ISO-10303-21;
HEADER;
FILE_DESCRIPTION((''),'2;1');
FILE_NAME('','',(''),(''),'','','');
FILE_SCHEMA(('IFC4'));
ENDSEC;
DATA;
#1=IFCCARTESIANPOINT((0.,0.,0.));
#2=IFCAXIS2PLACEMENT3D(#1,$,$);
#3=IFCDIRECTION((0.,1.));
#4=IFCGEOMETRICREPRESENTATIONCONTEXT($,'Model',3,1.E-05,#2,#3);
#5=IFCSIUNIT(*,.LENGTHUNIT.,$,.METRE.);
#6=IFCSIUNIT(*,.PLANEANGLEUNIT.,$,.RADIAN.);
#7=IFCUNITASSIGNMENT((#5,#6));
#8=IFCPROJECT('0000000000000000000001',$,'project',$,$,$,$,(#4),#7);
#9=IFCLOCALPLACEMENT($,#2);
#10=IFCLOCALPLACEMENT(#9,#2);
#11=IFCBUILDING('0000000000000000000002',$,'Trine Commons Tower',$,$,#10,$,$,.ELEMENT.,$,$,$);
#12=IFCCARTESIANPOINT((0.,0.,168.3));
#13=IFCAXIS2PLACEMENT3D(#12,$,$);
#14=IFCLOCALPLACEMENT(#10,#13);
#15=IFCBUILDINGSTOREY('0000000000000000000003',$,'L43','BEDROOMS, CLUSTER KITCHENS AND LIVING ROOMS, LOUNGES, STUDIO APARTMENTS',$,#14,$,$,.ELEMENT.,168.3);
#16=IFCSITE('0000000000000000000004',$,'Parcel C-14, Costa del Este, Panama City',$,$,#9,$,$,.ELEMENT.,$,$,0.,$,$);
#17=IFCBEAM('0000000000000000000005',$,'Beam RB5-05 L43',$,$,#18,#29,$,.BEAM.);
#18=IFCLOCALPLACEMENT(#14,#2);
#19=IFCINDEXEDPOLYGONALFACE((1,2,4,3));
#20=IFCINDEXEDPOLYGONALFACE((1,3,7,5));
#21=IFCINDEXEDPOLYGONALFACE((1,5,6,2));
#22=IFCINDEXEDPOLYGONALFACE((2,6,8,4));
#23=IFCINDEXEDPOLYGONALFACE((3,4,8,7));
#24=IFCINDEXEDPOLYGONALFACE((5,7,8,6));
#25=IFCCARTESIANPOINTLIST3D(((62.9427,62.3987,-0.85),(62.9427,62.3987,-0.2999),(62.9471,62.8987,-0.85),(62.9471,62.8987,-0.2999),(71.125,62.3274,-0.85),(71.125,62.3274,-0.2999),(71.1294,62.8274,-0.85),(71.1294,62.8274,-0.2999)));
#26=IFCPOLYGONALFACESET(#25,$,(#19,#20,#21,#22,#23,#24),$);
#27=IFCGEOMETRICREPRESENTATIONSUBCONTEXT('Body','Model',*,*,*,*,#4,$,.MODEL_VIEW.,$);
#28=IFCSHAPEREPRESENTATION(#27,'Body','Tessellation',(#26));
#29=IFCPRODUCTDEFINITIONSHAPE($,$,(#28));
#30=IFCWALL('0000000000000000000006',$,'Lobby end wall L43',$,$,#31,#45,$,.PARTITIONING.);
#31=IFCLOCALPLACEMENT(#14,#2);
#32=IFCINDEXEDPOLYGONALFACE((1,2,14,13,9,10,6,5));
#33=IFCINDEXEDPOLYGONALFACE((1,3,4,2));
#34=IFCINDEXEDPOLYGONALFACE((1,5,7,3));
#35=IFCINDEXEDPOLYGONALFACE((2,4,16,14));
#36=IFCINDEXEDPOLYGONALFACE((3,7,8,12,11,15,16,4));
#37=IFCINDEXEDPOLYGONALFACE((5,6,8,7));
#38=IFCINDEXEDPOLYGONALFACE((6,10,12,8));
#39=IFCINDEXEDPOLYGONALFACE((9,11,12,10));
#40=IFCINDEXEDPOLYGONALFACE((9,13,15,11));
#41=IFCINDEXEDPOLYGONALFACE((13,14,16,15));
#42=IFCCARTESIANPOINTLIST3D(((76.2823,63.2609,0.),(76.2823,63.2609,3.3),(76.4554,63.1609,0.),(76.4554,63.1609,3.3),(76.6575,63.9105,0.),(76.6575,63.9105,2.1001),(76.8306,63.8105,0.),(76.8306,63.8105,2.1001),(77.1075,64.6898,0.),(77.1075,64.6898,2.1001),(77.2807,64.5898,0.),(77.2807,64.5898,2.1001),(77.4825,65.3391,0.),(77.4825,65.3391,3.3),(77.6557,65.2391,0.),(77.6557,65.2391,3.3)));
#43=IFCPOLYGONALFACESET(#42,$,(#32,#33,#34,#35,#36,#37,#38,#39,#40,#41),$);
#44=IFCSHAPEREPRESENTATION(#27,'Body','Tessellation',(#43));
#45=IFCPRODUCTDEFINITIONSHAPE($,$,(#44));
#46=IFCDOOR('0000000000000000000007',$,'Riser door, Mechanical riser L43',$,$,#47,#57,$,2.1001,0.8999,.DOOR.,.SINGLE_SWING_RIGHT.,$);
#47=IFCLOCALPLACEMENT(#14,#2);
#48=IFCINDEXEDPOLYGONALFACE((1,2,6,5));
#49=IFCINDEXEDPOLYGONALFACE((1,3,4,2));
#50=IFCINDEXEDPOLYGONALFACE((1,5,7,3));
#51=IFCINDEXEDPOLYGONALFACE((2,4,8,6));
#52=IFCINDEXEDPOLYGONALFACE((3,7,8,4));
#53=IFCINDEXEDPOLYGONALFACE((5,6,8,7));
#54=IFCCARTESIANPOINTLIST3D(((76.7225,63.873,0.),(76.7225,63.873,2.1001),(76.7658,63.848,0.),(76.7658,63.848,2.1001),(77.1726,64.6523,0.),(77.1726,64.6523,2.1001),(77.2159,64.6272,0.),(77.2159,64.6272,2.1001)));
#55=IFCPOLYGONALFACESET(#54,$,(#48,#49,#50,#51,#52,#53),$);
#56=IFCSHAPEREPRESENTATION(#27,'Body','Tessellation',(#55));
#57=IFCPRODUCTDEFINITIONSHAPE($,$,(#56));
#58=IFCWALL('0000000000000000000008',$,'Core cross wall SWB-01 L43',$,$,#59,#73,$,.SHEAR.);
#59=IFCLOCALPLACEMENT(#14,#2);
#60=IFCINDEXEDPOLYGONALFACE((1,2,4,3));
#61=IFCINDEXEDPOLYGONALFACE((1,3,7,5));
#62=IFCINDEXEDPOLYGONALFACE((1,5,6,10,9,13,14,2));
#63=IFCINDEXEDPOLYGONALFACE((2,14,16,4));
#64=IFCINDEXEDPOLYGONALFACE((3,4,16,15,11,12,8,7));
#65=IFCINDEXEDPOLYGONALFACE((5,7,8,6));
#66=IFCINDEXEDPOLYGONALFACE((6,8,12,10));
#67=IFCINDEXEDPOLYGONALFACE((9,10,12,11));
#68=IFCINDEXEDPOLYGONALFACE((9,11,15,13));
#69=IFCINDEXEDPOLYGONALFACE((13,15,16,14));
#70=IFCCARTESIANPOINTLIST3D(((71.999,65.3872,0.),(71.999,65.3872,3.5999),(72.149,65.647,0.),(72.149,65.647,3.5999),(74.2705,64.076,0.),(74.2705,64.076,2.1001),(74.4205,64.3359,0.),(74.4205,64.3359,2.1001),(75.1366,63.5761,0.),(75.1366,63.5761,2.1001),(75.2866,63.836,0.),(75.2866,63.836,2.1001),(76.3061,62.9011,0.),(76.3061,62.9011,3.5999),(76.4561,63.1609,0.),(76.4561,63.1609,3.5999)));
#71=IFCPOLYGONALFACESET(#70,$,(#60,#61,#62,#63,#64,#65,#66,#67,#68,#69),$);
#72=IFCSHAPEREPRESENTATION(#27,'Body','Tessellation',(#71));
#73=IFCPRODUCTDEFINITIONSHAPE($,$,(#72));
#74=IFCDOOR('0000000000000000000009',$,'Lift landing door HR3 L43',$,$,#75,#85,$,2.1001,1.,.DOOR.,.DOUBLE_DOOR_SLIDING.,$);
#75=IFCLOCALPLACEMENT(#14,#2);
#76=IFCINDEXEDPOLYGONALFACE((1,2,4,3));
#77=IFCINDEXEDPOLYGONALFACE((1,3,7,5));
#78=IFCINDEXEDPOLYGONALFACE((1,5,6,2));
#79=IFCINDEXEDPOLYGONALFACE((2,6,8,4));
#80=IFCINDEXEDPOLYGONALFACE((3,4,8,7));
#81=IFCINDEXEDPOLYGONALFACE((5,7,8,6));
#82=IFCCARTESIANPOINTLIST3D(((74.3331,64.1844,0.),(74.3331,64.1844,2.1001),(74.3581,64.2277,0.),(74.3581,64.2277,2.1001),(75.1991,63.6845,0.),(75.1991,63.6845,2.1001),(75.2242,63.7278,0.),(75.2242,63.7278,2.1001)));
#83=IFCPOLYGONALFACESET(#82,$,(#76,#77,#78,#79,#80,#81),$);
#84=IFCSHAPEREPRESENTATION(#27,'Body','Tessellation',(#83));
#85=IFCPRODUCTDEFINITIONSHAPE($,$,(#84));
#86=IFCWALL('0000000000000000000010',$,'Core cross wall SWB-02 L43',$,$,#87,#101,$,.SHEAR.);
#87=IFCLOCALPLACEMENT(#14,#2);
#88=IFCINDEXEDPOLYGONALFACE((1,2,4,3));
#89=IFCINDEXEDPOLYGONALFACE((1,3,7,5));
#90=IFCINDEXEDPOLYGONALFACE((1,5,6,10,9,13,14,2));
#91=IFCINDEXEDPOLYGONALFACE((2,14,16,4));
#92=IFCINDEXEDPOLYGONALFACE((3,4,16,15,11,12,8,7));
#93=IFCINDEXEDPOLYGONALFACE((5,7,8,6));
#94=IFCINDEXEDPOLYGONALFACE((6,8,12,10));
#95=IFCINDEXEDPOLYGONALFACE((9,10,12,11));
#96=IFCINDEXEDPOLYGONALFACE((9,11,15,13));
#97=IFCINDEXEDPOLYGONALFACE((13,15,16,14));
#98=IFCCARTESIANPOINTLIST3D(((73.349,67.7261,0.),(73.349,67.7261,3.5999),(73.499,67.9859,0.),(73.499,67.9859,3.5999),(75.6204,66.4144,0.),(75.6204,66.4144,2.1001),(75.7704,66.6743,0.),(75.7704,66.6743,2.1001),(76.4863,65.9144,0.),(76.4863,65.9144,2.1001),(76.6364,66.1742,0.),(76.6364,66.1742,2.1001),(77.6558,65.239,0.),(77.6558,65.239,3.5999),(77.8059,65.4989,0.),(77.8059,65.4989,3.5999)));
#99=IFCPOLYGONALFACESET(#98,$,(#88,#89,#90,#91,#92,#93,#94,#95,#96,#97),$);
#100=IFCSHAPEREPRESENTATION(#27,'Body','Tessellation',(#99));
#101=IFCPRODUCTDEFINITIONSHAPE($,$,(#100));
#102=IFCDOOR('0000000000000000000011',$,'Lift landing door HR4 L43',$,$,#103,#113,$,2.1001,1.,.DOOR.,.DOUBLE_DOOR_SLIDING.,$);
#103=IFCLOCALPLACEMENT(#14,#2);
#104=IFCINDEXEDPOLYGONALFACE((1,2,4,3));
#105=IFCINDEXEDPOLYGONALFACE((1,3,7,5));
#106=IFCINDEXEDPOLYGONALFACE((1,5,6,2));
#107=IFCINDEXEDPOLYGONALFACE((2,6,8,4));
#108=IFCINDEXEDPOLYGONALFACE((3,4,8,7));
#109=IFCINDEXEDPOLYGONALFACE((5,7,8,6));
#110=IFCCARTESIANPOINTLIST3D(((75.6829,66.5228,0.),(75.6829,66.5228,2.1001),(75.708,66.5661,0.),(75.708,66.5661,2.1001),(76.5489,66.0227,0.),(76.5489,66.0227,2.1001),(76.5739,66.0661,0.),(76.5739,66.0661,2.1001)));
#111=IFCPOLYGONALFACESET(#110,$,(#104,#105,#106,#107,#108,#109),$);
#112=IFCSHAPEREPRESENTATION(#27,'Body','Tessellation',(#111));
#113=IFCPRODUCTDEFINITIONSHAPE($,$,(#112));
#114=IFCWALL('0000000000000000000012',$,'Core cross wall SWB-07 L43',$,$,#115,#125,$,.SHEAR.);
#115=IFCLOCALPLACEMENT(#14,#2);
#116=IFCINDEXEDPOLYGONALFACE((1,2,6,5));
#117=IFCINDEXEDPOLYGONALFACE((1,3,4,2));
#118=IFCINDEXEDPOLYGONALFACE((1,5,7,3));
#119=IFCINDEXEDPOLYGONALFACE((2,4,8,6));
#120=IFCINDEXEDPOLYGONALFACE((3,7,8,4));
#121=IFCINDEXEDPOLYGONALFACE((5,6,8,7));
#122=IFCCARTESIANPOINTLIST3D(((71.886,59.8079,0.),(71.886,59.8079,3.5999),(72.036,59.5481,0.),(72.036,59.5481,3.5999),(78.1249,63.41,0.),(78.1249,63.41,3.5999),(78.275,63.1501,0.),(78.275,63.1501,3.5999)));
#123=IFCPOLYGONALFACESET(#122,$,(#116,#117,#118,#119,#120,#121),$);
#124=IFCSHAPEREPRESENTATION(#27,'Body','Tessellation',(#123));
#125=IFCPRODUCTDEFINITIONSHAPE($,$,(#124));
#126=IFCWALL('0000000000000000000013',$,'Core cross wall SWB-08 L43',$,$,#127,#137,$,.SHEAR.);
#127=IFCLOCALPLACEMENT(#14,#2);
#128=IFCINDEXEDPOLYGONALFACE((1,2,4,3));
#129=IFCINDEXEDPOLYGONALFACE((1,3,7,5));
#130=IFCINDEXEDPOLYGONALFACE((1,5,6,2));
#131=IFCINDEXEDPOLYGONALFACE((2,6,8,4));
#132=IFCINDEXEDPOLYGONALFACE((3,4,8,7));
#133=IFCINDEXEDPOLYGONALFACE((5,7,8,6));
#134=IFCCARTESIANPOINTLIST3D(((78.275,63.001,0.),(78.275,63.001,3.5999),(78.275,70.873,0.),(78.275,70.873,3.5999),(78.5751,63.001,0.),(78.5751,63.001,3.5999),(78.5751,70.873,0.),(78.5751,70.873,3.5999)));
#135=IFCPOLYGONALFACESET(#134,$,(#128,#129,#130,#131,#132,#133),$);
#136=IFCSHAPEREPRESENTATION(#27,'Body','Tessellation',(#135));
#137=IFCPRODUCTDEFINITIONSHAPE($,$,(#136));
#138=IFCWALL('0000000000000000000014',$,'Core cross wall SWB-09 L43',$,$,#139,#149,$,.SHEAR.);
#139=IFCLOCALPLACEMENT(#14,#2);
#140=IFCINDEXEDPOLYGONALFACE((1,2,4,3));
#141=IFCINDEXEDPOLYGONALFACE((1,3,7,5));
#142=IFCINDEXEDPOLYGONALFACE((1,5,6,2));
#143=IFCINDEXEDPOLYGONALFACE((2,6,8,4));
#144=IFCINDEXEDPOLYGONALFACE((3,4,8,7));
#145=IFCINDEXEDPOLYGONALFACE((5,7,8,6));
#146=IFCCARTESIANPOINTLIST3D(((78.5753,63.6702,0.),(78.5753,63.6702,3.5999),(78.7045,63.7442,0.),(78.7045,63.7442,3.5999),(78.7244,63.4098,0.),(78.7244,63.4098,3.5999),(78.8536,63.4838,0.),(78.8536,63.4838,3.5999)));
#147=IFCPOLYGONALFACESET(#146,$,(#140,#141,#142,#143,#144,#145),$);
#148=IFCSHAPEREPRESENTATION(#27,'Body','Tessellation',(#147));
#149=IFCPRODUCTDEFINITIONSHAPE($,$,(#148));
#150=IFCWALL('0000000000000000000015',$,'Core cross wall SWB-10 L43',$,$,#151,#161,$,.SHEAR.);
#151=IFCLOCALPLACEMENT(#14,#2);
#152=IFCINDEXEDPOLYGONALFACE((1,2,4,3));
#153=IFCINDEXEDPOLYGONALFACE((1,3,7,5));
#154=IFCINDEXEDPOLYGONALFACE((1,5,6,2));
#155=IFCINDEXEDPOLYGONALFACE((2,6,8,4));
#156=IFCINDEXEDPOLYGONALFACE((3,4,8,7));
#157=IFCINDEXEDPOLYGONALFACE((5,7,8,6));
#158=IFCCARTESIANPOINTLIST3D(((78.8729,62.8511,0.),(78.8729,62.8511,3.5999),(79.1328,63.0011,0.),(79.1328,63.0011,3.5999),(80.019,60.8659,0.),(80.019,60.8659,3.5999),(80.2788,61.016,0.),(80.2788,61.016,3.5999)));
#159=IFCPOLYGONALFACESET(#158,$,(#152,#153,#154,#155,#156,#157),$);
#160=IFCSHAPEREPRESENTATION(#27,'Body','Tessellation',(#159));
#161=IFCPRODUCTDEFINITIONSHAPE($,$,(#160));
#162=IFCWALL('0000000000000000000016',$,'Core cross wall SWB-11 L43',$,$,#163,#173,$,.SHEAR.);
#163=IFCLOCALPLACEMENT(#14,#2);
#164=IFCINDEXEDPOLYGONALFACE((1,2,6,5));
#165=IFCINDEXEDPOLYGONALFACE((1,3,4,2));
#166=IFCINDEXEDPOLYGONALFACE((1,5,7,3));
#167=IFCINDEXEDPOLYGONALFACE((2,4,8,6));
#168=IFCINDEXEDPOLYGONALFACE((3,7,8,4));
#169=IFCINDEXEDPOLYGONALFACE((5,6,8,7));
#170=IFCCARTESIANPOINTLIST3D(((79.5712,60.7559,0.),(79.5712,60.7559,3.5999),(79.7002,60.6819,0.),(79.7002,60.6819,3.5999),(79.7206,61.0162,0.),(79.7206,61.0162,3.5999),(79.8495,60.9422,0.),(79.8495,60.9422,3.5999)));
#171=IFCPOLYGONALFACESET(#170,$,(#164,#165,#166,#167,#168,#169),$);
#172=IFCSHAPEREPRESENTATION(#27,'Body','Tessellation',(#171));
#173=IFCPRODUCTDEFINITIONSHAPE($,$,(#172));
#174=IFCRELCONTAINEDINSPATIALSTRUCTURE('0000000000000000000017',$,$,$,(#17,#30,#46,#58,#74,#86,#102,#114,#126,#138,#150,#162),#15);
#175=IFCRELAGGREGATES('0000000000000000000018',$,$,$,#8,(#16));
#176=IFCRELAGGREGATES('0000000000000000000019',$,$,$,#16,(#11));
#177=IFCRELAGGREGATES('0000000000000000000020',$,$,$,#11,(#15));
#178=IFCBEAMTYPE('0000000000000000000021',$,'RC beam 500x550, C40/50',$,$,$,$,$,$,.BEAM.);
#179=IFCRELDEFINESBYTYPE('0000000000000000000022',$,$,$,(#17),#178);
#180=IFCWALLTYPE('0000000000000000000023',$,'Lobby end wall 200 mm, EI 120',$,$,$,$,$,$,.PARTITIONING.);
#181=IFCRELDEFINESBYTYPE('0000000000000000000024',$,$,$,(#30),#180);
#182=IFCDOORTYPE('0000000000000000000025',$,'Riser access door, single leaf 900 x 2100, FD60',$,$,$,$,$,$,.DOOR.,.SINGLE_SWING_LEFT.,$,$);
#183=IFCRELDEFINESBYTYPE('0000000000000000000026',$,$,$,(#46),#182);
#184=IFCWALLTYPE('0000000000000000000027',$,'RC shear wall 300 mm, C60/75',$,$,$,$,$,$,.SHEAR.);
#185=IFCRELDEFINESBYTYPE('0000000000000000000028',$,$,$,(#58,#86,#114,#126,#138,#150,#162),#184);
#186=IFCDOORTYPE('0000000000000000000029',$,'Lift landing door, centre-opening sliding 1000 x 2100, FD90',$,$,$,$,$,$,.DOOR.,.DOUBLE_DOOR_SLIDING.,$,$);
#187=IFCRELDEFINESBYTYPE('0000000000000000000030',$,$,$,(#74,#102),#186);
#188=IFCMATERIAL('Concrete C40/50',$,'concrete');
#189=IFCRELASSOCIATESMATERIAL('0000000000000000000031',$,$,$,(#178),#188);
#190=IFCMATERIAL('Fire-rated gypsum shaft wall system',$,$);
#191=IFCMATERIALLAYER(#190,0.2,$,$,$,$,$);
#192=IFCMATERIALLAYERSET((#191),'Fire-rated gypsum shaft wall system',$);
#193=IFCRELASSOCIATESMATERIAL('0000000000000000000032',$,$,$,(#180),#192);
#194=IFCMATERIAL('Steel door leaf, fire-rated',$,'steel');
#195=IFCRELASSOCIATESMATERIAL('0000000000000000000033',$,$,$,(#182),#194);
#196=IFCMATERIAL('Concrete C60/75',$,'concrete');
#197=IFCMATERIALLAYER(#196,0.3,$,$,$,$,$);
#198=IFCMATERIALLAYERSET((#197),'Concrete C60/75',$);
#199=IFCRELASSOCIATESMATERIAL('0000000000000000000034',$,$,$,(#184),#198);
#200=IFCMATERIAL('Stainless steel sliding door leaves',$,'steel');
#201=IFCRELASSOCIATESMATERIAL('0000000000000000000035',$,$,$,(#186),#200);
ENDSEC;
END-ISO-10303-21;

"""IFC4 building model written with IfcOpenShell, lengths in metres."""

from ifc_helpers import new_model, si_unit, direction, frame, frame_2d, origin, origin_2d, place, context, subcontext, project, spatial, rectangle, extrude, material, layer, layer_set, material_profile, profile_set, type_object, element, fill, save


model = new_model("IFC4")

# Units and contexts
model_context = context("Model", 3, precision=1e-05, world=origin(), true_north=direction((0.0, 1.0)))
body_context = subcontext(model_context, "Body", "Model", "MODEL_VIEW")
ifc_project = project(units=[si_unit("LENGTHUNIT", "METRE"), si_unit("PLANEANGLEUNIT", "RADIAN")], contexts=[model_context])

# Site, building, storey
site_placement = place(None, origin())
site = spatial("IfcSite", under=ifc_project, at=site_placement, Name="Parcel C-14, Costa del Este, Panama City", CompositionType="ELEMENT", RefElevation=0.0)
building_placement = place(site_placement, origin())
building = spatial("IfcBuilding", under=site, at=building_placement, Name="Trine Commons Tower", CompositionType="ELEMENT")
storey_placement = place(building_placement, frame((0.0, 0.0, 168.3)))
storey = spatial("IfcBuildingStorey", under=building, at=storey_placement, Name="L43", Description="BEDROOMS, CLUSTER KITCHENS AND LIVING ROOMS, LOUNGES, STUDIO APARTMENTS", CompositionType="ELEMENT", Elevation=168.3)

# Beam
ifc_material_1 = material(Name="Concrete C40/50", Category="concrete")
ifc_material_profile = material_profile(ifc_material_1, rectangle(XDim=0.5, YDim=0.55, at=origin_2d()), Name="RC 500x550")
ifc_profile_set = profile_set([ifc_material_profile], Name="Concrete C40/50")
beam_type = type_object("IfcBeamType", Name="RC beam 500x550, C40/50", PredefinedType="BEAM", material=ifc_profile_set)
beam_placement = place(storey_placement, frame((71.1272, 62.5774, -0.575), z_axis=(-0.999962, 0.008712, 0.0), x_axis=(-0.008712, -0.999962, 0.0)))
element("IfcBeam", 1, at=beam_placement, inside=storey, type_object=beam_type, Name="Beam RB5-05 L43", PredefinedType="BEAM", context=body_context, shape_type="SweptSolid", body=[
    extrude(rectangle(XDim=0.5, YDim=0.55, at=origin_2d()), origin(), (0.0, 0.0, 1.0), 8.1826),
])

# Walls, openings, doors
ifc_material_2 = material(Name="Fire-rated gypsum shaft wall system")
ifc_layer_1 = layer(ifc_material_2, 0.2)
ifc_layer_set_1 = layer_set([ifc_layer_1], Name="Fire-rated gypsum shaft wall system")
wall_type_1 = type_object("IfcWallType", Name="Lobby end wall 200 mm, EI 120", PredefinedType="PARTITIONING", material=ifc_layer_set_1)
wall_1_placement = place(storey_placement, frame((77.5691, 65.2891, 0.0), z_axis=(0.0, 0.0, 1.0), x_axis=(-0.500122, -0.865955, 0.0)))
wall_1 = element("IfcWall", 2, at=wall_1_placement, inside=storey, type_object=wall_type_1, Name="Lobby end wall L43", PredefinedType="PARTITIONING", context=body_context, shape_type="SweptSolid", body=[
    extrude(rectangle(XDim=2.3999, YDim=0.2, at=frame_2d((1.2, 0.0))), origin(), (0.0, 0.0, 1.0), 3.3),
])
opening_1_placement = place(wall_1_placement, frame((0.7498, 0.0, 0.0)))
opening_1 = element("IfcOpeningElement", 3, at=opening_1_placement, cuts=wall_1, PredefinedType="OPENING", context=body_context, shape_type="SweptSolid", body=[
    extrude(rectangle(XDim=0.8999, YDim=2.1001, at=frame_2d((0.45, 1.05))), frame((0.0, 0.1099, 0.0), z_axis=(0.0, -1.0, 0.0), x_axis=(1.0, 0.0, 0.0)), (0.0, 0.0, 1.0), 0.22),
])
ifc_material_3 = material(Name="Steel door leaf, fire-rated", Category="steel")
door_type_1 = type_object("IfcDoorType", Name="Riser access door, single leaf 900 x 2100, FD60", OperationType="SINGLE_SWING_LEFT", PredefinedType="DOOR", material=ifc_material_3)
door_1_placement = place(opening_1_placement, frame((0.8999, 0.0, 0.0), z_axis=(0.0, 0.0, 1.0), x_axis=(-1.0, 0.0, 0.0)))
door_1 = element("IfcDoor", 4, at=door_1_placement, inside=storey, type_object=door_type_1, Name="Riser door, Mechanical riser L43", OperationType="SINGLE_SWING_RIGHT", OverallHeight=2.1001, OverallWidth=0.8999, PredefinedType="DOOR", context=body_context, shape_type="SweptSolid", body=[
    extrude(rectangle(XDim=0.8999, YDim=2.1001, at=frame_2d((0.45, 1.05))), frame((0.0, 0.0249, 0.0), z_axis=(0.0, -1.0, 0.0), x_axis=(1.0, 0.0, 0.0)), (0.0, 0.0, 1.0), 0.05),
])
fill(opening_1, door_1)
ifc_material_4 = material(Name="Concrete C60/75", Category="concrete")
ifc_layer_2 = layer(ifc_material_4, 0.3)
ifc_layer_set_2 = layer_set([ifc_layer_2], Name="Concrete C60/75")
wall_type_2 = type_object("IfcWallType", Name="RC shear wall 300 mm, C60/75", PredefinedType="SHEAR", material=ifc_layer_set_2)
wall_2_placement = place(storey_placement, frame((76.3811, 63.031, 0.0), z_axis=(0.0, 0.0, 1.0), x_axis=(-0.866081, 0.499904, 0.0)))
wall_2 = element("IfcWall", 5, at=wall_2_placement, inside=storey, type_object=wall_type_2, Name="Core cross wall SWB-01 L43", PredefinedType="SHEAR", context=body_context, shape_type="SweptSolid", body=[
    extrude(rectangle(XDim=4.9731, YDim=0.3, at=frame_2d((2.4866, 0.0))), origin(), (0.0, 0.0, 1.0), 3.5999),
])
opening_2_placement = place(wall_2_placement, frame((1.3503, 0.0, 0.0)))
opening_2 = element("IfcOpeningElement", 6, at=opening_2_placement, cuts=wall_2, PredefinedType="OPENING", context=body_context, shape_type="SweptSolid", body=[
    extrude(rectangle(XDim=1.0, YDim=2.1001, at=frame_2d((0.5, 1.05))), frame((0.0, 0.1599, 0.0), z_axis=(0.0, -1.0, 0.0), x_axis=(1.0, 0.0, 0.0)), (0.0, 0.0, 1.0), 0.3201),
])
ifc_material_5 = material(Name="Stainless steel sliding door leaves", Category="steel")
door_type_2 = type_object("IfcDoorType", Name="Lift landing door, centre-opening sliding 1000 x 2100, FD90", OperationType="DOUBLE_DOOR_SLIDING", PredefinedType="DOOR", material=ifc_material_5)
door_2_placement = place(opening_2_placement, origin())
door_2 = element("IfcDoor", 7, at=door_2_placement, inside=storey, type_object=door_type_2, Name="Lift landing door HR3 L43", OperationType="DOUBLE_DOOR_SLIDING", OverallHeight=2.1001, OverallWidth=1.0, PredefinedType="DOOR", context=body_context, shape_type="SweptSolid", body=[
    extrude(rectangle(XDim=1.0, YDim=2.1001, at=frame_2d((0.5, 1.05))), frame((0.0, 0.0249, 0.0), z_axis=(0.0, -1.0, 0.0), x_axis=(1.0, 0.0, 0.0)), (0.0, 0.0, 1.0), 0.05),
])
fill(opening_2, door_2)
wall_3_placement = place(storey_placement, frame((77.731, 65.3689, 0.0), z_axis=(0.0, 0.0, 1.0), x_axis=(-0.865984, 0.500072, 0.0)))
wall_3 = element("IfcWall", 8, at=wall_3_placement, inside=storey, type_object=wall_type_2, Name="Core cross wall SWB-02 L43", PredefinedType="SHEAR", context=body_context, shape_type="SweptSolid", body=[
    extrude(rectangle(XDim=4.9734, YDim=0.3, at=frame_2d((2.4868, 0.0))), origin(), (0.0, 0.0, 1.0), 3.5999),
])
opening_3_placement = place(wall_3_placement, frame((1.3506, 0.0, 0.0)))
opening_3 = element("IfcOpeningElement", 9, at=opening_3_placement, cuts=wall_3, PredefinedType="OPENING", context=body_context, shape_type="SweptSolid", body=[
    extrude(rectangle(XDim=1.0, YDim=2.1001, at=frame_2d((0.5, 1.05))), frame((0.0, 0.1599, 0.0), z_axis=(0.0, -1.0, 0.0), x_axis=(1.0, 0.0, 0.0)), (0.0, 0.0, 1.0), 0.3201),
])
door_3_placement = place(opening_3_placement, origin())
door_3 = element("IfcDoor", 10, at=door_3_placement, inside=storey, type_object=door_type_2, Name="Lift landing door HR4 L43", OperationType="DOUBLE_DOOR_SLIDING", OverallHeight=2.1001, OverallWidth=1.0, PredefinedType="DOOR", context=body_context, shape_type="SweptSolid", body=[
    extrude(rectangle(XDim=1.0, YDim=2.1001, at=frame_2d((0.5, 1.05))), frame((0.0, 0.0249, 0.0), z_axis=(0.0, -1.0, 0.0), x_axis=(1.0, 0.0, 0.0)), (0.0, 0.0, 1.0), 0.05),
])
fill(opening_3, door_3)

# Walls
wall_4_placement = place(storey_placement, frame((78.2, 63.28, 0.0), z_axis=(0.0, 0.0, 1.0), x_axis=(-0.866028, -0.499995, 0.0)))
element("IfcWall", 11, at=wall_4_placement, inside=storey, type_object=wall_type_2, Name="Core cross wall SWB-07 L43", PredefinedType="SHEAR", context=body_context, shape_type="SweptSolid", body=[
    extrude(rectangle(XDim=7.2041, YDim=0.3, at=frame_2d((3.6021, 0.0))), origin(), (0.0, 0.0, 1.0), 3.5999),
])
wall_5_placement = place(storey_placement, frame((78.425, 63.001, 0.0), z_axis=(0.0, 0.0, 1.0), x_axis=(0.0, 1.0, 0.0)))
element("IfcWall", 12, at=wall_5_placement, inside=storey, type_object=wall_type_2, Name="Core cross wall SWB-08 L43", PredefinedType="SHEAR", context=body_context, shape_type="SweptSolid", body=[
    extrude(rectangle(XDim=7.8721, YDim=0.3, at=frame_2d((3.936, 0.0))), origin(), (0.0, 0.0, 1.0), 3.5999),
])
wall_6_placement = place(storey_placement, frame((78.7791, 63.614, 0.0), z_axis=(0.0, 0.0, 1.0), x_axis=(-0.867738, -0.497022, 0.0)))
element("IfcWall", 13, at=wall_6_placement, inside=storey, type_object=wall_type_2, Name="Core cross wall SWB-09 L43", PredefinedType="SHEAR", context=body_context, shape_type="SweptSolid", body=[
    extrude(rectangle(XDim=0.1489, YDim=0.3, at=frame_2d((0.0745, 0.0))), origin(), (0.0, 0.0, 1.0), 3.5999),
])
wall_7_placement = place(storey_placement, frame((79.0029, 62.926, 0.0), z_axis=(0.0, 0.0, 1.0), x_axis=(0.499965, -0.866045, 0.0)))
element("IfcWall", 14, at=wall_7_placement, inside=storey, type_object=wall_type_2, Name="Core cross wall SWB-10 L43", PredefinedType="SHEAR", context=body_context, shape_type="SweptSolid", body=[
    extrude(rectangle(XDim=2.2922, YDim=0.3, at=frame_2d((1.146, 0.0))), origin(), (0.0, 0.0, 1.0), 3.5999),
])
wall_8_placement = place(storey_placement, frame((79.646, 60.886, 0.0), z_axis=(0.0, 0.0, 1.0), x_axis=(0.867332, -0.49773, 0.0)))
element("IfcWall", 15, at=wall_8_placement, inside=storey, type_object=wall_type_2, Name="Core cross wall SWB-11 L43", PredefinedType="SHEAR", context=body_context, shape_type="SweptSolid", body=[
    extrude(rectangle(XDim=0.1487, YDim=0.3, at=frame_2d((0.0742, 0.0))), origin(), (0.0, 0.0, 1.0), 3.5999),
])

save(model, "model.ifc")
